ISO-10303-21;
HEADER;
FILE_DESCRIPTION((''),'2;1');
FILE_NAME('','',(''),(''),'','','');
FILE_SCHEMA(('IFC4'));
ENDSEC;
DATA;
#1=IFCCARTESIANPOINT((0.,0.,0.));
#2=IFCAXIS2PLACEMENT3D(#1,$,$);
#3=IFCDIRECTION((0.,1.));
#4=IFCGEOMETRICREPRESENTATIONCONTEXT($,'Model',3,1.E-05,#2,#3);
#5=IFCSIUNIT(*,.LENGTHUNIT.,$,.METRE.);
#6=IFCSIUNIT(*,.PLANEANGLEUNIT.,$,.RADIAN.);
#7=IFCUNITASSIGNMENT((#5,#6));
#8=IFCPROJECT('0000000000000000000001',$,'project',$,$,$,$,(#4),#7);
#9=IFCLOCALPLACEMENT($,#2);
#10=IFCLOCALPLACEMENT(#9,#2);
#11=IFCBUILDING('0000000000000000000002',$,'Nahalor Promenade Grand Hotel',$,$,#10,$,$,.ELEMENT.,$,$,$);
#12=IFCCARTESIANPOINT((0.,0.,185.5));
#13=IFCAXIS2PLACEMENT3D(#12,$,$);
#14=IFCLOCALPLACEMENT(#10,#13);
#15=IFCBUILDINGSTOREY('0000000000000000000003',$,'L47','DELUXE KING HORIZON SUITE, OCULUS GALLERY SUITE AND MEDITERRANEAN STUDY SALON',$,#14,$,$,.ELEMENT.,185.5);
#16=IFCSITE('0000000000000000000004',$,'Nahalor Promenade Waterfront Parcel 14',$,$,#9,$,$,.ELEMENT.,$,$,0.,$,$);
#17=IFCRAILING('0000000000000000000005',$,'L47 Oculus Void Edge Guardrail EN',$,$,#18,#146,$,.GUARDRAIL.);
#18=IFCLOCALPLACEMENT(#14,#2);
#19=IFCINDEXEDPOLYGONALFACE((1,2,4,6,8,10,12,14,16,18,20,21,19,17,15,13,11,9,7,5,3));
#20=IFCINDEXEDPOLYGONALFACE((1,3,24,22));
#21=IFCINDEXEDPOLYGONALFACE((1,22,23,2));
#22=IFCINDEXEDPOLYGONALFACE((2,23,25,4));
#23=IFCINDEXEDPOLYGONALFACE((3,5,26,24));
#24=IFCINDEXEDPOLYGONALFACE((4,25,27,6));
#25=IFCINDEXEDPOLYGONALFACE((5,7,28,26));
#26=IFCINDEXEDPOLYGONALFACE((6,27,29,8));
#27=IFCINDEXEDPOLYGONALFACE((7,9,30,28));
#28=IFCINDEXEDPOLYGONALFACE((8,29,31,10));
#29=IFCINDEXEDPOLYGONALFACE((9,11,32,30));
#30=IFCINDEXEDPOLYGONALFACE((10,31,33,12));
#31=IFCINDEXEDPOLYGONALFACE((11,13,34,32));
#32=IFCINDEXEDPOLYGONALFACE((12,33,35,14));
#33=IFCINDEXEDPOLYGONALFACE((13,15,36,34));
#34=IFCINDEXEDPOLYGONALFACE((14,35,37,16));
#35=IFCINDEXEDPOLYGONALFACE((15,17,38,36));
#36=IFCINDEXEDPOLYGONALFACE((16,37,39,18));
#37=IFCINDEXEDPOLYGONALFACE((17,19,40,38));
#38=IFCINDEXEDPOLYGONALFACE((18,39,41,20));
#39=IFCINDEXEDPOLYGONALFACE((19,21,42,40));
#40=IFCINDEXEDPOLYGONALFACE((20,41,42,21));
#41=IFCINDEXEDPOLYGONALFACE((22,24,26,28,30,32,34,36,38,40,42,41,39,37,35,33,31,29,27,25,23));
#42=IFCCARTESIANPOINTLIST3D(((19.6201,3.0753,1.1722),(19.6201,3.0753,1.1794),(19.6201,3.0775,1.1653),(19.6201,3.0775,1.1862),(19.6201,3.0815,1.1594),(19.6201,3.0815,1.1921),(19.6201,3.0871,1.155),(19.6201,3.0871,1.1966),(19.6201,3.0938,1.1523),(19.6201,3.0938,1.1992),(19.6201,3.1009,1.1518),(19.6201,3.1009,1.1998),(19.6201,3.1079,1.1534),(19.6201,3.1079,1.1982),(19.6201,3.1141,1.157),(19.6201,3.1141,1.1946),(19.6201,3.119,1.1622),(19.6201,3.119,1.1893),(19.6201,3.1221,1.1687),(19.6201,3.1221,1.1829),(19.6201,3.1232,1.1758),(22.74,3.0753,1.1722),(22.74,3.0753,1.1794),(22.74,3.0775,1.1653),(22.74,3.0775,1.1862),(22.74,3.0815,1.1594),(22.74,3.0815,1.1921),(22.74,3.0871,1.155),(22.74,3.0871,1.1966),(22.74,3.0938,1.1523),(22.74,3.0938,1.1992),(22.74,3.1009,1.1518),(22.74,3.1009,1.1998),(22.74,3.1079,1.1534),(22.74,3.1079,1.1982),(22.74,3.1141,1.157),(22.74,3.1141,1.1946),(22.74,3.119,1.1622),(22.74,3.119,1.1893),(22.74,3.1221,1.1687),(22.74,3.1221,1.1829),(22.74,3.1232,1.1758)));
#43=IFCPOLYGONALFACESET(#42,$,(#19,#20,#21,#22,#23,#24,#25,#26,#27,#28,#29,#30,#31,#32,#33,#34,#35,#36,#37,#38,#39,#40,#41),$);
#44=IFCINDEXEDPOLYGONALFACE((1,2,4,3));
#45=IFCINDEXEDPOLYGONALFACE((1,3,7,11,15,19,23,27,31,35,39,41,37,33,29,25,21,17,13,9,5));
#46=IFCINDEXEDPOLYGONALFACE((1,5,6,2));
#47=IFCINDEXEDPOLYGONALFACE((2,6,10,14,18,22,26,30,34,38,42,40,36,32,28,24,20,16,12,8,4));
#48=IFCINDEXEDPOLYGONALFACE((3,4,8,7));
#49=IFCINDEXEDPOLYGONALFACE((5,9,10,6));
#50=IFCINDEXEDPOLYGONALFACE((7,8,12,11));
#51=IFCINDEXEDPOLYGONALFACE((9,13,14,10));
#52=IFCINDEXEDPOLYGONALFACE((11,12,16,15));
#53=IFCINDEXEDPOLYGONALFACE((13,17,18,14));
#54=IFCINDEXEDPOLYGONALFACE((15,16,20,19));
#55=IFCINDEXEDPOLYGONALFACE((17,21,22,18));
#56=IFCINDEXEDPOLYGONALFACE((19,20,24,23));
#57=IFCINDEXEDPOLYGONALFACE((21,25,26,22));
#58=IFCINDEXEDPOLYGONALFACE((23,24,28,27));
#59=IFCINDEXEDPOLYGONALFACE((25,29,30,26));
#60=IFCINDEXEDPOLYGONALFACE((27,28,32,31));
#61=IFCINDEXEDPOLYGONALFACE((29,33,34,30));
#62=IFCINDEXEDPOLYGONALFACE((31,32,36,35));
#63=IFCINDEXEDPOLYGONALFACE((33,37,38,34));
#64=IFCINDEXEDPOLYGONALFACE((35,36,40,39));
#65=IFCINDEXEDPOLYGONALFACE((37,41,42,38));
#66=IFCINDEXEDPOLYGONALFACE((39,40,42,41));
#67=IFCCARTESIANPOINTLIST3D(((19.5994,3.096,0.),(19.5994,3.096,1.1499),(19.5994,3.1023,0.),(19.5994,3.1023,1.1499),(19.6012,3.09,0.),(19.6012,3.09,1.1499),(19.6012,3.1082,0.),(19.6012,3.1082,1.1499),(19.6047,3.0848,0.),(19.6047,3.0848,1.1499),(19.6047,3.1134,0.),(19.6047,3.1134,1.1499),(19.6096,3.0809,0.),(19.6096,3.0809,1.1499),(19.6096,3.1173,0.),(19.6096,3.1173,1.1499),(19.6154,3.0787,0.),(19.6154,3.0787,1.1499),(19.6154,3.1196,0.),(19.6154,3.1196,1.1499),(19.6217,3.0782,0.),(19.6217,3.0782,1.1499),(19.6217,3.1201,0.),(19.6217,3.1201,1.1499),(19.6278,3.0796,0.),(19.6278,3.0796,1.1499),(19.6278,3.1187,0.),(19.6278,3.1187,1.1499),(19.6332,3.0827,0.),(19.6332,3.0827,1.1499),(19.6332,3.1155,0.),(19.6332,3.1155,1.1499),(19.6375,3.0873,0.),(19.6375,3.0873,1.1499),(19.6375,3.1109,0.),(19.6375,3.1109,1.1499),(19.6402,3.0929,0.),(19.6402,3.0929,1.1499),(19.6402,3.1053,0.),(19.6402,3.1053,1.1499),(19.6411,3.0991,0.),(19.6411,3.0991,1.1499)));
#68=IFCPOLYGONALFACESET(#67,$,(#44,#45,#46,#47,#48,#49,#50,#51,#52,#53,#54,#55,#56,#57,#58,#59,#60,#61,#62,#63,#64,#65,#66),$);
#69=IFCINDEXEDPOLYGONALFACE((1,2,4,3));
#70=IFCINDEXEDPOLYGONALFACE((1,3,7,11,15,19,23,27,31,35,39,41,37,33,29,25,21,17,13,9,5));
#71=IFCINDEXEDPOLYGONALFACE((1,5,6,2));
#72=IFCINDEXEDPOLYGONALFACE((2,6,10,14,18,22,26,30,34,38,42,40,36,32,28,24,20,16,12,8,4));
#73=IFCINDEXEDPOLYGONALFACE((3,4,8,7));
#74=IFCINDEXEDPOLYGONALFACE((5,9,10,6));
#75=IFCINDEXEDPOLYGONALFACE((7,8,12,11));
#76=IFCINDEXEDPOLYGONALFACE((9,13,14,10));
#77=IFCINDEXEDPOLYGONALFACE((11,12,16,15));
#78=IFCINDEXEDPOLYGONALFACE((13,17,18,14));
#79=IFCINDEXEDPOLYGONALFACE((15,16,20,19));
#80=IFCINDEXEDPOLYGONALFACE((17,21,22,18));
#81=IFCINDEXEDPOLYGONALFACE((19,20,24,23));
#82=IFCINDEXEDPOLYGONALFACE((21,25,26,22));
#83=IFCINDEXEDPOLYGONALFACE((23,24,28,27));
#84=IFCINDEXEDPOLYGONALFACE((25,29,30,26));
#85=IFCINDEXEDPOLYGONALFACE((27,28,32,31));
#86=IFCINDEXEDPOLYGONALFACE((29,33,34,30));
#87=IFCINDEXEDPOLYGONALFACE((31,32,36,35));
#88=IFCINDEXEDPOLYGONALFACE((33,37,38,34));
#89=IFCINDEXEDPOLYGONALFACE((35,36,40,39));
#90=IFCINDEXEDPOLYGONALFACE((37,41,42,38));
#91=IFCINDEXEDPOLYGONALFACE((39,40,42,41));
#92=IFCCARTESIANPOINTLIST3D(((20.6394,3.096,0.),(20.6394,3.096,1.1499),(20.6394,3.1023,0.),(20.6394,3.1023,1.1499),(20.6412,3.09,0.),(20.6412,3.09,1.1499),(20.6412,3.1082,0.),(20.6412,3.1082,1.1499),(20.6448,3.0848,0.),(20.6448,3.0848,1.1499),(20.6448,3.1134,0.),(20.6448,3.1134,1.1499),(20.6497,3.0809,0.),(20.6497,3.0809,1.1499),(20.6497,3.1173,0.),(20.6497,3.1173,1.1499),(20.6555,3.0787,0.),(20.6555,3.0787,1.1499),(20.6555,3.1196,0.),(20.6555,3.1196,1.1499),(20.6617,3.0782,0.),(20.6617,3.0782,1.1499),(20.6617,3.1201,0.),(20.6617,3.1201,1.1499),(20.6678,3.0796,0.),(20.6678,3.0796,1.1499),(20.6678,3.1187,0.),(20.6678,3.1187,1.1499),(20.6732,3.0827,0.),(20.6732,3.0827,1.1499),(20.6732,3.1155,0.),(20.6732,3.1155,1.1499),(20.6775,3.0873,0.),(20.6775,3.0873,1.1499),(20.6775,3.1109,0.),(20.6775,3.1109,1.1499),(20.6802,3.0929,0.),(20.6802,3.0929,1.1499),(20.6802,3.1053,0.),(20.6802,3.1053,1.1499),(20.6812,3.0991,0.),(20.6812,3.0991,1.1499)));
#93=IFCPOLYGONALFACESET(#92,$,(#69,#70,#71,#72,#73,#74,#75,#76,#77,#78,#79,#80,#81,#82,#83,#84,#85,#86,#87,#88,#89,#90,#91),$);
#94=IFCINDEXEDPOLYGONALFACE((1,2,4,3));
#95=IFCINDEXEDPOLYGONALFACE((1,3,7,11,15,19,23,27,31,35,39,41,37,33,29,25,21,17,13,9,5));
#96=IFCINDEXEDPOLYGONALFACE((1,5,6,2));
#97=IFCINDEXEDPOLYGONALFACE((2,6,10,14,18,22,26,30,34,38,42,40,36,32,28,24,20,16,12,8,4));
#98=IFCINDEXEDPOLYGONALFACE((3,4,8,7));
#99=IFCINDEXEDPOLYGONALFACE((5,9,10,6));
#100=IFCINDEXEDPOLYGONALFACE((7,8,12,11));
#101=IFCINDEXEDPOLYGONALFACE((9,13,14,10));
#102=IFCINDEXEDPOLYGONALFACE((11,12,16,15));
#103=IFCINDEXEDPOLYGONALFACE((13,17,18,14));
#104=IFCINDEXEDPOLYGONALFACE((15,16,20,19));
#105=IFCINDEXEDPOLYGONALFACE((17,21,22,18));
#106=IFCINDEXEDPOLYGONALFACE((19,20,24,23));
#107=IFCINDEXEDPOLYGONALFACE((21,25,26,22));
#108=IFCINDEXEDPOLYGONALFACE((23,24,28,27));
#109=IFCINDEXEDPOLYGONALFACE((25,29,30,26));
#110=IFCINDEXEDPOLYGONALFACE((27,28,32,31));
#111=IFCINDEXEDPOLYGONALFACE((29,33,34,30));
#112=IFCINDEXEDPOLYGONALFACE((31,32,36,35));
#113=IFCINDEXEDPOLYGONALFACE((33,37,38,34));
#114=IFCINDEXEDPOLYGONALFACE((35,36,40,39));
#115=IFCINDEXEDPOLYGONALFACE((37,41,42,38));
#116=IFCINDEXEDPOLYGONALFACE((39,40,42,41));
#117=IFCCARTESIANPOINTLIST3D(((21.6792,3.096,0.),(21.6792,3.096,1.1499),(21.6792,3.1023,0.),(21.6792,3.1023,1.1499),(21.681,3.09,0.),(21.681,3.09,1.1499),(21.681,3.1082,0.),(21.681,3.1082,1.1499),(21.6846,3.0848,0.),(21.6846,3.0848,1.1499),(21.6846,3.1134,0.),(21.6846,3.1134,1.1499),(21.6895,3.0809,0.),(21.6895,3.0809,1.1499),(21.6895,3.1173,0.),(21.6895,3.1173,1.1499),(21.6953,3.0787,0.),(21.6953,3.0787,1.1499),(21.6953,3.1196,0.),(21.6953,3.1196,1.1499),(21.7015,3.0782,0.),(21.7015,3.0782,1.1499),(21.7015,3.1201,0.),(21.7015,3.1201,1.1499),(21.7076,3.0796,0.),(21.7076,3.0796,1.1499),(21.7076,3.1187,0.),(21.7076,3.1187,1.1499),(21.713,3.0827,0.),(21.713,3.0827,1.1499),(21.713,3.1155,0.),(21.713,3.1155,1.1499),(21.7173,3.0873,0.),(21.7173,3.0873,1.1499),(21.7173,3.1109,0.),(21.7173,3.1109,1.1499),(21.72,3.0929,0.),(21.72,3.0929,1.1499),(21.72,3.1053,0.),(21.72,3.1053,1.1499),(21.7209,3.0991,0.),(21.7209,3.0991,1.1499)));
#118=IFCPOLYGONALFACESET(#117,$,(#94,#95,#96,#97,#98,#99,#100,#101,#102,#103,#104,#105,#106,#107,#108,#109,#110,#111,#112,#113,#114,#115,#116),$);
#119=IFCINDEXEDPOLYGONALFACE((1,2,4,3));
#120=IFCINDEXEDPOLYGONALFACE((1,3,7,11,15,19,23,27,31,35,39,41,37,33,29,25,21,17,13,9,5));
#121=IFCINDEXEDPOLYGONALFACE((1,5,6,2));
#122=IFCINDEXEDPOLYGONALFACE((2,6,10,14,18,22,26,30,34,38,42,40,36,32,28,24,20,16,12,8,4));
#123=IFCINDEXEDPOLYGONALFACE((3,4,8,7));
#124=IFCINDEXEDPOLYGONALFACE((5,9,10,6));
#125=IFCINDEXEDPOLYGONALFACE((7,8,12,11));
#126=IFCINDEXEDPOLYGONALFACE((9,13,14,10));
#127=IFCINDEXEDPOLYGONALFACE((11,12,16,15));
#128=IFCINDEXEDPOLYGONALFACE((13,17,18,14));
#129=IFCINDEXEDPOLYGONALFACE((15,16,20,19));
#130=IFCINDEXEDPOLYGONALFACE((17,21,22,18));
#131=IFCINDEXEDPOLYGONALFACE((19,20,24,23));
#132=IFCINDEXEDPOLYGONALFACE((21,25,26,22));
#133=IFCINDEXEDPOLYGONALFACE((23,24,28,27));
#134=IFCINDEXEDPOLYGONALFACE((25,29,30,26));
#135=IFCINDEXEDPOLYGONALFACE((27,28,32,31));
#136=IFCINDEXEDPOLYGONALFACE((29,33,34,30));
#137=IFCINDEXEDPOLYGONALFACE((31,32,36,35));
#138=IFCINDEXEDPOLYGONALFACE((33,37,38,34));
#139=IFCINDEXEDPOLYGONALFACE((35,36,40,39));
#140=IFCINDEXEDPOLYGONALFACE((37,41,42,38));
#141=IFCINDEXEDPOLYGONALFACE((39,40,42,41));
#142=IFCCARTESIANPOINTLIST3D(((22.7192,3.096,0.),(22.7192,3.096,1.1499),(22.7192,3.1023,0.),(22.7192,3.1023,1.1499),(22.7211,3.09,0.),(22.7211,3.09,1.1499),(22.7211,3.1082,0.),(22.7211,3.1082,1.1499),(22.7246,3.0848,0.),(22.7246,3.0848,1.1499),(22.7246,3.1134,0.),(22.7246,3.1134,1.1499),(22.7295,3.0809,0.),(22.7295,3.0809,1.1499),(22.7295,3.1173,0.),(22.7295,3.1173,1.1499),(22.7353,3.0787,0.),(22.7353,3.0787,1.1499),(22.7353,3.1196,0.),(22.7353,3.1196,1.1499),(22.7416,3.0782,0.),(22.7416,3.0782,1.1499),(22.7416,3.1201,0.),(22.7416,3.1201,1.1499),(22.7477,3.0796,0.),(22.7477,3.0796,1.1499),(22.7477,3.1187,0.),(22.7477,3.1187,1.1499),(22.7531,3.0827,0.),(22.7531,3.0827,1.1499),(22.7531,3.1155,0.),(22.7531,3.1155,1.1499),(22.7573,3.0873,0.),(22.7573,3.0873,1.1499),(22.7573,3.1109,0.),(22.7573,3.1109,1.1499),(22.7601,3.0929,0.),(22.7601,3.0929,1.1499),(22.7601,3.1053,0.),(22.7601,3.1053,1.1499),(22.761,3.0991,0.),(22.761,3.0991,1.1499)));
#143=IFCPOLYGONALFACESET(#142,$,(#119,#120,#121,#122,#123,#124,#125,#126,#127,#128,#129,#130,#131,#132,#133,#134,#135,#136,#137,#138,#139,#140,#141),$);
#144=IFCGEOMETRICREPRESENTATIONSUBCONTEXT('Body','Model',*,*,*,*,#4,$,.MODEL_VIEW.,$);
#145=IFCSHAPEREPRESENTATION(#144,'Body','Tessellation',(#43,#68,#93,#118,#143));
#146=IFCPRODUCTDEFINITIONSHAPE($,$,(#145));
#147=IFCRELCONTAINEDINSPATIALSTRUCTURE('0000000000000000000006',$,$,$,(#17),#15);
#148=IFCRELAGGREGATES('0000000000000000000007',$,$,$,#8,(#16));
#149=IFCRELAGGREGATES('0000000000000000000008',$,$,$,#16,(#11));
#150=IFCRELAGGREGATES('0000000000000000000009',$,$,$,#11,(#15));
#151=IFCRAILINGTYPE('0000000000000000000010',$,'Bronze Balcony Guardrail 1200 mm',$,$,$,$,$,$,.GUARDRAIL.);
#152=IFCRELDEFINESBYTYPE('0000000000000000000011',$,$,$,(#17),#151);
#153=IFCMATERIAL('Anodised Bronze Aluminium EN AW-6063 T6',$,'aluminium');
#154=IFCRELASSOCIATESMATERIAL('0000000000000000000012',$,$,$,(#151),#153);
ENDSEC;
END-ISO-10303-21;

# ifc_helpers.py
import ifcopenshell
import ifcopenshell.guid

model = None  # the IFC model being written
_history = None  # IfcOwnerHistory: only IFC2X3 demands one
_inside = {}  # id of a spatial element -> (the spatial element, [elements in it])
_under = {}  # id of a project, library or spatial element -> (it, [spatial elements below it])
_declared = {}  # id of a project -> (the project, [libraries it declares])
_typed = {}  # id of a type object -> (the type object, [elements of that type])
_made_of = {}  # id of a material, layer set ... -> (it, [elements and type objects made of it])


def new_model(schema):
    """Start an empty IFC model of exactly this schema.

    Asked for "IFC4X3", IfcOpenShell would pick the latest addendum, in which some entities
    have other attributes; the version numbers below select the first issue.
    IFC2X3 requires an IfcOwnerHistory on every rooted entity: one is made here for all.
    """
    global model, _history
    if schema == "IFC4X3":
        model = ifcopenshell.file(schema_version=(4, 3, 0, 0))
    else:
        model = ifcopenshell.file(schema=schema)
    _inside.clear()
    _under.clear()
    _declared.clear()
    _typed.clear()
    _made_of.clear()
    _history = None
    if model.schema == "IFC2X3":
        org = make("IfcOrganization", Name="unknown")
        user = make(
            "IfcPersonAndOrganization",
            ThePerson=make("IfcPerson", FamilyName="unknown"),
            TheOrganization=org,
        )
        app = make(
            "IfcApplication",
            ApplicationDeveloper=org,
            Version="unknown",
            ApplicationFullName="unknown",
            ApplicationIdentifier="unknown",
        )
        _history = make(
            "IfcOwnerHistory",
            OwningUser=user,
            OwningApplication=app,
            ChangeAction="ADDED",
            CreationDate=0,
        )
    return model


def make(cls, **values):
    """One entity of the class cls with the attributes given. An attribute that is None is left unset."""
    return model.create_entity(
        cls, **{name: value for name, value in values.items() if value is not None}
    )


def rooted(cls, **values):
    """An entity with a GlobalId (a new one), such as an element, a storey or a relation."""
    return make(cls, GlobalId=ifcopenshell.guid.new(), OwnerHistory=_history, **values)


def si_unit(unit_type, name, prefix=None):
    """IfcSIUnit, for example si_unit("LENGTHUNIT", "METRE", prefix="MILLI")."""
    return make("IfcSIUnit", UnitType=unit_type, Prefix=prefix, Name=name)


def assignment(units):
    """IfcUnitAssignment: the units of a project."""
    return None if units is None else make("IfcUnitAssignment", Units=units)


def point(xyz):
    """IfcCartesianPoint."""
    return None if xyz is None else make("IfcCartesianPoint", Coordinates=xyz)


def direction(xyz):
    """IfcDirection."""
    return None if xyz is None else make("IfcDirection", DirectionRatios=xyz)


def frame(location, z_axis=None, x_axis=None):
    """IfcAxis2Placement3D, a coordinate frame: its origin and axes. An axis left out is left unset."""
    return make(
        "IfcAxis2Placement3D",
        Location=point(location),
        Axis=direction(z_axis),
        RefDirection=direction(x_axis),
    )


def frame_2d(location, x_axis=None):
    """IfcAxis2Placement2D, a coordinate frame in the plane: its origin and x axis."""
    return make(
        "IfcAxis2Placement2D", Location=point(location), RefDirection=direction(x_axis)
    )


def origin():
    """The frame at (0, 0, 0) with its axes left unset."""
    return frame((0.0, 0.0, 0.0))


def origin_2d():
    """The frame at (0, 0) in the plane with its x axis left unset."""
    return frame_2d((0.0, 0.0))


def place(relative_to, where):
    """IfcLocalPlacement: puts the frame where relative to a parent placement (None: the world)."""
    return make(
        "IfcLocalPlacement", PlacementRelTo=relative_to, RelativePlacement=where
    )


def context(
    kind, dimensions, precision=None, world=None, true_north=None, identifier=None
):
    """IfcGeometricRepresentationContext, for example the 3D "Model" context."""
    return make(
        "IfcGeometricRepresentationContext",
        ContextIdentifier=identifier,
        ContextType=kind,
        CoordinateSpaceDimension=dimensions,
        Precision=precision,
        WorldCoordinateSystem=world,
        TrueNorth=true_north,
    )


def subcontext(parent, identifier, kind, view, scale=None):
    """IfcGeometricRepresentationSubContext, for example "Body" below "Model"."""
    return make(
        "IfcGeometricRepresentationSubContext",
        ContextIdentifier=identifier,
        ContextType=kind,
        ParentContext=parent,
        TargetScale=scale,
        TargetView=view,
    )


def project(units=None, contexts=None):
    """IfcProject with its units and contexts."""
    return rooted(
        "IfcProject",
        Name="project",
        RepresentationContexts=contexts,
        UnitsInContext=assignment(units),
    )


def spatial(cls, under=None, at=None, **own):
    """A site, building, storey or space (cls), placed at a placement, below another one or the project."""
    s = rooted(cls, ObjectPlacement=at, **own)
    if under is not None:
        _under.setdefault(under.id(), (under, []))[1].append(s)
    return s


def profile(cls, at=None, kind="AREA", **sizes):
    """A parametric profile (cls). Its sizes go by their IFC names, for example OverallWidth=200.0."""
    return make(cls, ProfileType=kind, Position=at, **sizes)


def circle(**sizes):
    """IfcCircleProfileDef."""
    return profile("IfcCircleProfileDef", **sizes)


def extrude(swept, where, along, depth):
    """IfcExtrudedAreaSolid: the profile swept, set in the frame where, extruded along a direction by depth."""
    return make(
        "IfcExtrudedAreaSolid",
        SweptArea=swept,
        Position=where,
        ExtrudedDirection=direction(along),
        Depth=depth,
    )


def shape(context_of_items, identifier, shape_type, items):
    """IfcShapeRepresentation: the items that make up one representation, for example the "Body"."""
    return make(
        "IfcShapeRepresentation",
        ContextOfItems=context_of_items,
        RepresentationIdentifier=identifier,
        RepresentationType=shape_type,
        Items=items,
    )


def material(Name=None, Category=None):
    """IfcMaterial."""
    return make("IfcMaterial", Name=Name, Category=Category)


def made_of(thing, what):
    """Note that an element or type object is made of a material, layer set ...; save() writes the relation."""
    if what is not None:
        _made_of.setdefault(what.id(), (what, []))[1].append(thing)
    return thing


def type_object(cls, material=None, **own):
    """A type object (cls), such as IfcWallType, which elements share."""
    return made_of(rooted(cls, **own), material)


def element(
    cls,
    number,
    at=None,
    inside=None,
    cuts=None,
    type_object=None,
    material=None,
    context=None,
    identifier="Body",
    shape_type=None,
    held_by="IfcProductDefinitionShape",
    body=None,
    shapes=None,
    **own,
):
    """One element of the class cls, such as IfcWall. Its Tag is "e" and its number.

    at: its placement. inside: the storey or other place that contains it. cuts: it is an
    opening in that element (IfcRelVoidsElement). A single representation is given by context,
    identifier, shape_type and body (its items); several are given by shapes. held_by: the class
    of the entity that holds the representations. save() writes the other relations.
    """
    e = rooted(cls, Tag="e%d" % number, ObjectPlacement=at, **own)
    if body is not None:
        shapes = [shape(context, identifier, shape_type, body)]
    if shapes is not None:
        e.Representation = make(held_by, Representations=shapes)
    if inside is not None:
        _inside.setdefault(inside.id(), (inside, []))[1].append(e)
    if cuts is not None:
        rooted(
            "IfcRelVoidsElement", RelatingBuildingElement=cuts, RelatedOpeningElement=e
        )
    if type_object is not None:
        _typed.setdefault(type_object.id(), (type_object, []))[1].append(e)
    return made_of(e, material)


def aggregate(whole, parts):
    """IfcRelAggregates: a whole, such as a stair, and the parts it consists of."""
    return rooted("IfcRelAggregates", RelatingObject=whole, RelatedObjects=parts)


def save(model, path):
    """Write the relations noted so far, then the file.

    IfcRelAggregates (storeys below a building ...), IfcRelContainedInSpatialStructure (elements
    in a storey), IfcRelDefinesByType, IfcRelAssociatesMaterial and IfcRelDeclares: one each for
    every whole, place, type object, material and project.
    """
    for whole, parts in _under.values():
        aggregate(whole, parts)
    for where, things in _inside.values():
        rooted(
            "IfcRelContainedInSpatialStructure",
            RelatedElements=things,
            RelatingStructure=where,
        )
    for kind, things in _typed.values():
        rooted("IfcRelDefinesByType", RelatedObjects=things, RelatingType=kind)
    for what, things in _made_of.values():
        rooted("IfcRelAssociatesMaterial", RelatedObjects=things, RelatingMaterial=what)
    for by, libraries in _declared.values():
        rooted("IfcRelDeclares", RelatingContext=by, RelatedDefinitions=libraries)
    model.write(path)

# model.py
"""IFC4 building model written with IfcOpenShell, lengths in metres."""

from ifc_helpers import new_model, si_unit, direction, frame, origin, origin_2d, place, context, subcontext, project, spatial, circle, extrude, material, type_object, element, save


model = new_model("IFC4")

# Units and contexts
model_context = context("Model", 3, precision=1e-05, world=origin(), true_north=direction((0.0, 1.0)))
body_context = subcontext(model_context, "Body", "Model", "MODEL_VIEW")
ifc_project = project(units=[si_unit("LENGTHUNIT", "METRE"), si_unit("PLANEANGLEUNIT", "RADIAN")], contexts=[model_context])

# Site, building, storey
site_placement = place(None, origin())
site = spatial("IfcSite", under=ifc_project, at=site_placement, Name="Nahalor Promenade Waterfront Parcel 14", CompositionType="ELEMENT", RefElevation=0.0)
building_placement = place(site_placement, origin())
building = spatial("IfcBuilding", under=site, at=building_placement, Name="Nahalor Promenade Grand Hotel", CompositionType="ELEMENT")
storey_placement = place(building_placement, frame((0.0, 0.0, 185.5)))
storey = spatial("IfcBuildingStorey", under=building, at=storey_placement, Name="L47", Description="DELUXE KING HORIZON SUITE, OCULUS GALLERY SUITE AND MEDITERRANEAN STUDY SALON", CompositionType="ELEMENT", Elevation=185.5)

# Shared definitions
ifc_material_1 = material(Name="Anodised Bronze Aluminium EN AW-6063 T6", Category="aluminium")

# Railing
railing_type = type_object("IfcRailingType", Name="Bronze Balcony Guardrail 1200 mm", PredefinedType="GUARDRAIL", material=ifc_material_1)
for number, where, name in (
    (1, (19.6201, 3.0991, 0.0), "L47 Oculus Void Edge Guardrail EN"),
):
    element("IfcRailing", number, at=place(storey_placement, frame(where)), inside=storey, type_object=railing_type, Name=name, PredefinedType="GUARDRAIL", context=body_context, shape_type="SweptSolid", body=[
        extrude(circle(Radius=0.024, at=origin_2d()), frame((0.0, 0.0, 1.1758), z_axis=(1.0, 0.0, 0.0), x_axis=(0.0, 1.0, 0.0)), (0.0, 0.0, 1.0), 3.1199),
        extrude(circle(Radius=0.021, at=origin_2d()), origin(), (0.0, 0.0, 1.0), 1.1499),
        extrude(circle(Radius=0.021, at=origin_2d()), frame((1.04, 0.0, 0.0)), (0.0, 0.0, 1.0), 1.1499),
        extrude(circle(Radius=0.021, at=origin_2d()), frame((2.0798, 0.0, 0.0)), (0.0, 0.0, 1.0), 1.1499),
        extrude(circle(Radius=0.021, at=origin_2d()), frame((3.1199, 0.0, 0.0)), (0.0, 0.0, 1.0), 1.1499),
    ])

save(model, "model.ifc")
